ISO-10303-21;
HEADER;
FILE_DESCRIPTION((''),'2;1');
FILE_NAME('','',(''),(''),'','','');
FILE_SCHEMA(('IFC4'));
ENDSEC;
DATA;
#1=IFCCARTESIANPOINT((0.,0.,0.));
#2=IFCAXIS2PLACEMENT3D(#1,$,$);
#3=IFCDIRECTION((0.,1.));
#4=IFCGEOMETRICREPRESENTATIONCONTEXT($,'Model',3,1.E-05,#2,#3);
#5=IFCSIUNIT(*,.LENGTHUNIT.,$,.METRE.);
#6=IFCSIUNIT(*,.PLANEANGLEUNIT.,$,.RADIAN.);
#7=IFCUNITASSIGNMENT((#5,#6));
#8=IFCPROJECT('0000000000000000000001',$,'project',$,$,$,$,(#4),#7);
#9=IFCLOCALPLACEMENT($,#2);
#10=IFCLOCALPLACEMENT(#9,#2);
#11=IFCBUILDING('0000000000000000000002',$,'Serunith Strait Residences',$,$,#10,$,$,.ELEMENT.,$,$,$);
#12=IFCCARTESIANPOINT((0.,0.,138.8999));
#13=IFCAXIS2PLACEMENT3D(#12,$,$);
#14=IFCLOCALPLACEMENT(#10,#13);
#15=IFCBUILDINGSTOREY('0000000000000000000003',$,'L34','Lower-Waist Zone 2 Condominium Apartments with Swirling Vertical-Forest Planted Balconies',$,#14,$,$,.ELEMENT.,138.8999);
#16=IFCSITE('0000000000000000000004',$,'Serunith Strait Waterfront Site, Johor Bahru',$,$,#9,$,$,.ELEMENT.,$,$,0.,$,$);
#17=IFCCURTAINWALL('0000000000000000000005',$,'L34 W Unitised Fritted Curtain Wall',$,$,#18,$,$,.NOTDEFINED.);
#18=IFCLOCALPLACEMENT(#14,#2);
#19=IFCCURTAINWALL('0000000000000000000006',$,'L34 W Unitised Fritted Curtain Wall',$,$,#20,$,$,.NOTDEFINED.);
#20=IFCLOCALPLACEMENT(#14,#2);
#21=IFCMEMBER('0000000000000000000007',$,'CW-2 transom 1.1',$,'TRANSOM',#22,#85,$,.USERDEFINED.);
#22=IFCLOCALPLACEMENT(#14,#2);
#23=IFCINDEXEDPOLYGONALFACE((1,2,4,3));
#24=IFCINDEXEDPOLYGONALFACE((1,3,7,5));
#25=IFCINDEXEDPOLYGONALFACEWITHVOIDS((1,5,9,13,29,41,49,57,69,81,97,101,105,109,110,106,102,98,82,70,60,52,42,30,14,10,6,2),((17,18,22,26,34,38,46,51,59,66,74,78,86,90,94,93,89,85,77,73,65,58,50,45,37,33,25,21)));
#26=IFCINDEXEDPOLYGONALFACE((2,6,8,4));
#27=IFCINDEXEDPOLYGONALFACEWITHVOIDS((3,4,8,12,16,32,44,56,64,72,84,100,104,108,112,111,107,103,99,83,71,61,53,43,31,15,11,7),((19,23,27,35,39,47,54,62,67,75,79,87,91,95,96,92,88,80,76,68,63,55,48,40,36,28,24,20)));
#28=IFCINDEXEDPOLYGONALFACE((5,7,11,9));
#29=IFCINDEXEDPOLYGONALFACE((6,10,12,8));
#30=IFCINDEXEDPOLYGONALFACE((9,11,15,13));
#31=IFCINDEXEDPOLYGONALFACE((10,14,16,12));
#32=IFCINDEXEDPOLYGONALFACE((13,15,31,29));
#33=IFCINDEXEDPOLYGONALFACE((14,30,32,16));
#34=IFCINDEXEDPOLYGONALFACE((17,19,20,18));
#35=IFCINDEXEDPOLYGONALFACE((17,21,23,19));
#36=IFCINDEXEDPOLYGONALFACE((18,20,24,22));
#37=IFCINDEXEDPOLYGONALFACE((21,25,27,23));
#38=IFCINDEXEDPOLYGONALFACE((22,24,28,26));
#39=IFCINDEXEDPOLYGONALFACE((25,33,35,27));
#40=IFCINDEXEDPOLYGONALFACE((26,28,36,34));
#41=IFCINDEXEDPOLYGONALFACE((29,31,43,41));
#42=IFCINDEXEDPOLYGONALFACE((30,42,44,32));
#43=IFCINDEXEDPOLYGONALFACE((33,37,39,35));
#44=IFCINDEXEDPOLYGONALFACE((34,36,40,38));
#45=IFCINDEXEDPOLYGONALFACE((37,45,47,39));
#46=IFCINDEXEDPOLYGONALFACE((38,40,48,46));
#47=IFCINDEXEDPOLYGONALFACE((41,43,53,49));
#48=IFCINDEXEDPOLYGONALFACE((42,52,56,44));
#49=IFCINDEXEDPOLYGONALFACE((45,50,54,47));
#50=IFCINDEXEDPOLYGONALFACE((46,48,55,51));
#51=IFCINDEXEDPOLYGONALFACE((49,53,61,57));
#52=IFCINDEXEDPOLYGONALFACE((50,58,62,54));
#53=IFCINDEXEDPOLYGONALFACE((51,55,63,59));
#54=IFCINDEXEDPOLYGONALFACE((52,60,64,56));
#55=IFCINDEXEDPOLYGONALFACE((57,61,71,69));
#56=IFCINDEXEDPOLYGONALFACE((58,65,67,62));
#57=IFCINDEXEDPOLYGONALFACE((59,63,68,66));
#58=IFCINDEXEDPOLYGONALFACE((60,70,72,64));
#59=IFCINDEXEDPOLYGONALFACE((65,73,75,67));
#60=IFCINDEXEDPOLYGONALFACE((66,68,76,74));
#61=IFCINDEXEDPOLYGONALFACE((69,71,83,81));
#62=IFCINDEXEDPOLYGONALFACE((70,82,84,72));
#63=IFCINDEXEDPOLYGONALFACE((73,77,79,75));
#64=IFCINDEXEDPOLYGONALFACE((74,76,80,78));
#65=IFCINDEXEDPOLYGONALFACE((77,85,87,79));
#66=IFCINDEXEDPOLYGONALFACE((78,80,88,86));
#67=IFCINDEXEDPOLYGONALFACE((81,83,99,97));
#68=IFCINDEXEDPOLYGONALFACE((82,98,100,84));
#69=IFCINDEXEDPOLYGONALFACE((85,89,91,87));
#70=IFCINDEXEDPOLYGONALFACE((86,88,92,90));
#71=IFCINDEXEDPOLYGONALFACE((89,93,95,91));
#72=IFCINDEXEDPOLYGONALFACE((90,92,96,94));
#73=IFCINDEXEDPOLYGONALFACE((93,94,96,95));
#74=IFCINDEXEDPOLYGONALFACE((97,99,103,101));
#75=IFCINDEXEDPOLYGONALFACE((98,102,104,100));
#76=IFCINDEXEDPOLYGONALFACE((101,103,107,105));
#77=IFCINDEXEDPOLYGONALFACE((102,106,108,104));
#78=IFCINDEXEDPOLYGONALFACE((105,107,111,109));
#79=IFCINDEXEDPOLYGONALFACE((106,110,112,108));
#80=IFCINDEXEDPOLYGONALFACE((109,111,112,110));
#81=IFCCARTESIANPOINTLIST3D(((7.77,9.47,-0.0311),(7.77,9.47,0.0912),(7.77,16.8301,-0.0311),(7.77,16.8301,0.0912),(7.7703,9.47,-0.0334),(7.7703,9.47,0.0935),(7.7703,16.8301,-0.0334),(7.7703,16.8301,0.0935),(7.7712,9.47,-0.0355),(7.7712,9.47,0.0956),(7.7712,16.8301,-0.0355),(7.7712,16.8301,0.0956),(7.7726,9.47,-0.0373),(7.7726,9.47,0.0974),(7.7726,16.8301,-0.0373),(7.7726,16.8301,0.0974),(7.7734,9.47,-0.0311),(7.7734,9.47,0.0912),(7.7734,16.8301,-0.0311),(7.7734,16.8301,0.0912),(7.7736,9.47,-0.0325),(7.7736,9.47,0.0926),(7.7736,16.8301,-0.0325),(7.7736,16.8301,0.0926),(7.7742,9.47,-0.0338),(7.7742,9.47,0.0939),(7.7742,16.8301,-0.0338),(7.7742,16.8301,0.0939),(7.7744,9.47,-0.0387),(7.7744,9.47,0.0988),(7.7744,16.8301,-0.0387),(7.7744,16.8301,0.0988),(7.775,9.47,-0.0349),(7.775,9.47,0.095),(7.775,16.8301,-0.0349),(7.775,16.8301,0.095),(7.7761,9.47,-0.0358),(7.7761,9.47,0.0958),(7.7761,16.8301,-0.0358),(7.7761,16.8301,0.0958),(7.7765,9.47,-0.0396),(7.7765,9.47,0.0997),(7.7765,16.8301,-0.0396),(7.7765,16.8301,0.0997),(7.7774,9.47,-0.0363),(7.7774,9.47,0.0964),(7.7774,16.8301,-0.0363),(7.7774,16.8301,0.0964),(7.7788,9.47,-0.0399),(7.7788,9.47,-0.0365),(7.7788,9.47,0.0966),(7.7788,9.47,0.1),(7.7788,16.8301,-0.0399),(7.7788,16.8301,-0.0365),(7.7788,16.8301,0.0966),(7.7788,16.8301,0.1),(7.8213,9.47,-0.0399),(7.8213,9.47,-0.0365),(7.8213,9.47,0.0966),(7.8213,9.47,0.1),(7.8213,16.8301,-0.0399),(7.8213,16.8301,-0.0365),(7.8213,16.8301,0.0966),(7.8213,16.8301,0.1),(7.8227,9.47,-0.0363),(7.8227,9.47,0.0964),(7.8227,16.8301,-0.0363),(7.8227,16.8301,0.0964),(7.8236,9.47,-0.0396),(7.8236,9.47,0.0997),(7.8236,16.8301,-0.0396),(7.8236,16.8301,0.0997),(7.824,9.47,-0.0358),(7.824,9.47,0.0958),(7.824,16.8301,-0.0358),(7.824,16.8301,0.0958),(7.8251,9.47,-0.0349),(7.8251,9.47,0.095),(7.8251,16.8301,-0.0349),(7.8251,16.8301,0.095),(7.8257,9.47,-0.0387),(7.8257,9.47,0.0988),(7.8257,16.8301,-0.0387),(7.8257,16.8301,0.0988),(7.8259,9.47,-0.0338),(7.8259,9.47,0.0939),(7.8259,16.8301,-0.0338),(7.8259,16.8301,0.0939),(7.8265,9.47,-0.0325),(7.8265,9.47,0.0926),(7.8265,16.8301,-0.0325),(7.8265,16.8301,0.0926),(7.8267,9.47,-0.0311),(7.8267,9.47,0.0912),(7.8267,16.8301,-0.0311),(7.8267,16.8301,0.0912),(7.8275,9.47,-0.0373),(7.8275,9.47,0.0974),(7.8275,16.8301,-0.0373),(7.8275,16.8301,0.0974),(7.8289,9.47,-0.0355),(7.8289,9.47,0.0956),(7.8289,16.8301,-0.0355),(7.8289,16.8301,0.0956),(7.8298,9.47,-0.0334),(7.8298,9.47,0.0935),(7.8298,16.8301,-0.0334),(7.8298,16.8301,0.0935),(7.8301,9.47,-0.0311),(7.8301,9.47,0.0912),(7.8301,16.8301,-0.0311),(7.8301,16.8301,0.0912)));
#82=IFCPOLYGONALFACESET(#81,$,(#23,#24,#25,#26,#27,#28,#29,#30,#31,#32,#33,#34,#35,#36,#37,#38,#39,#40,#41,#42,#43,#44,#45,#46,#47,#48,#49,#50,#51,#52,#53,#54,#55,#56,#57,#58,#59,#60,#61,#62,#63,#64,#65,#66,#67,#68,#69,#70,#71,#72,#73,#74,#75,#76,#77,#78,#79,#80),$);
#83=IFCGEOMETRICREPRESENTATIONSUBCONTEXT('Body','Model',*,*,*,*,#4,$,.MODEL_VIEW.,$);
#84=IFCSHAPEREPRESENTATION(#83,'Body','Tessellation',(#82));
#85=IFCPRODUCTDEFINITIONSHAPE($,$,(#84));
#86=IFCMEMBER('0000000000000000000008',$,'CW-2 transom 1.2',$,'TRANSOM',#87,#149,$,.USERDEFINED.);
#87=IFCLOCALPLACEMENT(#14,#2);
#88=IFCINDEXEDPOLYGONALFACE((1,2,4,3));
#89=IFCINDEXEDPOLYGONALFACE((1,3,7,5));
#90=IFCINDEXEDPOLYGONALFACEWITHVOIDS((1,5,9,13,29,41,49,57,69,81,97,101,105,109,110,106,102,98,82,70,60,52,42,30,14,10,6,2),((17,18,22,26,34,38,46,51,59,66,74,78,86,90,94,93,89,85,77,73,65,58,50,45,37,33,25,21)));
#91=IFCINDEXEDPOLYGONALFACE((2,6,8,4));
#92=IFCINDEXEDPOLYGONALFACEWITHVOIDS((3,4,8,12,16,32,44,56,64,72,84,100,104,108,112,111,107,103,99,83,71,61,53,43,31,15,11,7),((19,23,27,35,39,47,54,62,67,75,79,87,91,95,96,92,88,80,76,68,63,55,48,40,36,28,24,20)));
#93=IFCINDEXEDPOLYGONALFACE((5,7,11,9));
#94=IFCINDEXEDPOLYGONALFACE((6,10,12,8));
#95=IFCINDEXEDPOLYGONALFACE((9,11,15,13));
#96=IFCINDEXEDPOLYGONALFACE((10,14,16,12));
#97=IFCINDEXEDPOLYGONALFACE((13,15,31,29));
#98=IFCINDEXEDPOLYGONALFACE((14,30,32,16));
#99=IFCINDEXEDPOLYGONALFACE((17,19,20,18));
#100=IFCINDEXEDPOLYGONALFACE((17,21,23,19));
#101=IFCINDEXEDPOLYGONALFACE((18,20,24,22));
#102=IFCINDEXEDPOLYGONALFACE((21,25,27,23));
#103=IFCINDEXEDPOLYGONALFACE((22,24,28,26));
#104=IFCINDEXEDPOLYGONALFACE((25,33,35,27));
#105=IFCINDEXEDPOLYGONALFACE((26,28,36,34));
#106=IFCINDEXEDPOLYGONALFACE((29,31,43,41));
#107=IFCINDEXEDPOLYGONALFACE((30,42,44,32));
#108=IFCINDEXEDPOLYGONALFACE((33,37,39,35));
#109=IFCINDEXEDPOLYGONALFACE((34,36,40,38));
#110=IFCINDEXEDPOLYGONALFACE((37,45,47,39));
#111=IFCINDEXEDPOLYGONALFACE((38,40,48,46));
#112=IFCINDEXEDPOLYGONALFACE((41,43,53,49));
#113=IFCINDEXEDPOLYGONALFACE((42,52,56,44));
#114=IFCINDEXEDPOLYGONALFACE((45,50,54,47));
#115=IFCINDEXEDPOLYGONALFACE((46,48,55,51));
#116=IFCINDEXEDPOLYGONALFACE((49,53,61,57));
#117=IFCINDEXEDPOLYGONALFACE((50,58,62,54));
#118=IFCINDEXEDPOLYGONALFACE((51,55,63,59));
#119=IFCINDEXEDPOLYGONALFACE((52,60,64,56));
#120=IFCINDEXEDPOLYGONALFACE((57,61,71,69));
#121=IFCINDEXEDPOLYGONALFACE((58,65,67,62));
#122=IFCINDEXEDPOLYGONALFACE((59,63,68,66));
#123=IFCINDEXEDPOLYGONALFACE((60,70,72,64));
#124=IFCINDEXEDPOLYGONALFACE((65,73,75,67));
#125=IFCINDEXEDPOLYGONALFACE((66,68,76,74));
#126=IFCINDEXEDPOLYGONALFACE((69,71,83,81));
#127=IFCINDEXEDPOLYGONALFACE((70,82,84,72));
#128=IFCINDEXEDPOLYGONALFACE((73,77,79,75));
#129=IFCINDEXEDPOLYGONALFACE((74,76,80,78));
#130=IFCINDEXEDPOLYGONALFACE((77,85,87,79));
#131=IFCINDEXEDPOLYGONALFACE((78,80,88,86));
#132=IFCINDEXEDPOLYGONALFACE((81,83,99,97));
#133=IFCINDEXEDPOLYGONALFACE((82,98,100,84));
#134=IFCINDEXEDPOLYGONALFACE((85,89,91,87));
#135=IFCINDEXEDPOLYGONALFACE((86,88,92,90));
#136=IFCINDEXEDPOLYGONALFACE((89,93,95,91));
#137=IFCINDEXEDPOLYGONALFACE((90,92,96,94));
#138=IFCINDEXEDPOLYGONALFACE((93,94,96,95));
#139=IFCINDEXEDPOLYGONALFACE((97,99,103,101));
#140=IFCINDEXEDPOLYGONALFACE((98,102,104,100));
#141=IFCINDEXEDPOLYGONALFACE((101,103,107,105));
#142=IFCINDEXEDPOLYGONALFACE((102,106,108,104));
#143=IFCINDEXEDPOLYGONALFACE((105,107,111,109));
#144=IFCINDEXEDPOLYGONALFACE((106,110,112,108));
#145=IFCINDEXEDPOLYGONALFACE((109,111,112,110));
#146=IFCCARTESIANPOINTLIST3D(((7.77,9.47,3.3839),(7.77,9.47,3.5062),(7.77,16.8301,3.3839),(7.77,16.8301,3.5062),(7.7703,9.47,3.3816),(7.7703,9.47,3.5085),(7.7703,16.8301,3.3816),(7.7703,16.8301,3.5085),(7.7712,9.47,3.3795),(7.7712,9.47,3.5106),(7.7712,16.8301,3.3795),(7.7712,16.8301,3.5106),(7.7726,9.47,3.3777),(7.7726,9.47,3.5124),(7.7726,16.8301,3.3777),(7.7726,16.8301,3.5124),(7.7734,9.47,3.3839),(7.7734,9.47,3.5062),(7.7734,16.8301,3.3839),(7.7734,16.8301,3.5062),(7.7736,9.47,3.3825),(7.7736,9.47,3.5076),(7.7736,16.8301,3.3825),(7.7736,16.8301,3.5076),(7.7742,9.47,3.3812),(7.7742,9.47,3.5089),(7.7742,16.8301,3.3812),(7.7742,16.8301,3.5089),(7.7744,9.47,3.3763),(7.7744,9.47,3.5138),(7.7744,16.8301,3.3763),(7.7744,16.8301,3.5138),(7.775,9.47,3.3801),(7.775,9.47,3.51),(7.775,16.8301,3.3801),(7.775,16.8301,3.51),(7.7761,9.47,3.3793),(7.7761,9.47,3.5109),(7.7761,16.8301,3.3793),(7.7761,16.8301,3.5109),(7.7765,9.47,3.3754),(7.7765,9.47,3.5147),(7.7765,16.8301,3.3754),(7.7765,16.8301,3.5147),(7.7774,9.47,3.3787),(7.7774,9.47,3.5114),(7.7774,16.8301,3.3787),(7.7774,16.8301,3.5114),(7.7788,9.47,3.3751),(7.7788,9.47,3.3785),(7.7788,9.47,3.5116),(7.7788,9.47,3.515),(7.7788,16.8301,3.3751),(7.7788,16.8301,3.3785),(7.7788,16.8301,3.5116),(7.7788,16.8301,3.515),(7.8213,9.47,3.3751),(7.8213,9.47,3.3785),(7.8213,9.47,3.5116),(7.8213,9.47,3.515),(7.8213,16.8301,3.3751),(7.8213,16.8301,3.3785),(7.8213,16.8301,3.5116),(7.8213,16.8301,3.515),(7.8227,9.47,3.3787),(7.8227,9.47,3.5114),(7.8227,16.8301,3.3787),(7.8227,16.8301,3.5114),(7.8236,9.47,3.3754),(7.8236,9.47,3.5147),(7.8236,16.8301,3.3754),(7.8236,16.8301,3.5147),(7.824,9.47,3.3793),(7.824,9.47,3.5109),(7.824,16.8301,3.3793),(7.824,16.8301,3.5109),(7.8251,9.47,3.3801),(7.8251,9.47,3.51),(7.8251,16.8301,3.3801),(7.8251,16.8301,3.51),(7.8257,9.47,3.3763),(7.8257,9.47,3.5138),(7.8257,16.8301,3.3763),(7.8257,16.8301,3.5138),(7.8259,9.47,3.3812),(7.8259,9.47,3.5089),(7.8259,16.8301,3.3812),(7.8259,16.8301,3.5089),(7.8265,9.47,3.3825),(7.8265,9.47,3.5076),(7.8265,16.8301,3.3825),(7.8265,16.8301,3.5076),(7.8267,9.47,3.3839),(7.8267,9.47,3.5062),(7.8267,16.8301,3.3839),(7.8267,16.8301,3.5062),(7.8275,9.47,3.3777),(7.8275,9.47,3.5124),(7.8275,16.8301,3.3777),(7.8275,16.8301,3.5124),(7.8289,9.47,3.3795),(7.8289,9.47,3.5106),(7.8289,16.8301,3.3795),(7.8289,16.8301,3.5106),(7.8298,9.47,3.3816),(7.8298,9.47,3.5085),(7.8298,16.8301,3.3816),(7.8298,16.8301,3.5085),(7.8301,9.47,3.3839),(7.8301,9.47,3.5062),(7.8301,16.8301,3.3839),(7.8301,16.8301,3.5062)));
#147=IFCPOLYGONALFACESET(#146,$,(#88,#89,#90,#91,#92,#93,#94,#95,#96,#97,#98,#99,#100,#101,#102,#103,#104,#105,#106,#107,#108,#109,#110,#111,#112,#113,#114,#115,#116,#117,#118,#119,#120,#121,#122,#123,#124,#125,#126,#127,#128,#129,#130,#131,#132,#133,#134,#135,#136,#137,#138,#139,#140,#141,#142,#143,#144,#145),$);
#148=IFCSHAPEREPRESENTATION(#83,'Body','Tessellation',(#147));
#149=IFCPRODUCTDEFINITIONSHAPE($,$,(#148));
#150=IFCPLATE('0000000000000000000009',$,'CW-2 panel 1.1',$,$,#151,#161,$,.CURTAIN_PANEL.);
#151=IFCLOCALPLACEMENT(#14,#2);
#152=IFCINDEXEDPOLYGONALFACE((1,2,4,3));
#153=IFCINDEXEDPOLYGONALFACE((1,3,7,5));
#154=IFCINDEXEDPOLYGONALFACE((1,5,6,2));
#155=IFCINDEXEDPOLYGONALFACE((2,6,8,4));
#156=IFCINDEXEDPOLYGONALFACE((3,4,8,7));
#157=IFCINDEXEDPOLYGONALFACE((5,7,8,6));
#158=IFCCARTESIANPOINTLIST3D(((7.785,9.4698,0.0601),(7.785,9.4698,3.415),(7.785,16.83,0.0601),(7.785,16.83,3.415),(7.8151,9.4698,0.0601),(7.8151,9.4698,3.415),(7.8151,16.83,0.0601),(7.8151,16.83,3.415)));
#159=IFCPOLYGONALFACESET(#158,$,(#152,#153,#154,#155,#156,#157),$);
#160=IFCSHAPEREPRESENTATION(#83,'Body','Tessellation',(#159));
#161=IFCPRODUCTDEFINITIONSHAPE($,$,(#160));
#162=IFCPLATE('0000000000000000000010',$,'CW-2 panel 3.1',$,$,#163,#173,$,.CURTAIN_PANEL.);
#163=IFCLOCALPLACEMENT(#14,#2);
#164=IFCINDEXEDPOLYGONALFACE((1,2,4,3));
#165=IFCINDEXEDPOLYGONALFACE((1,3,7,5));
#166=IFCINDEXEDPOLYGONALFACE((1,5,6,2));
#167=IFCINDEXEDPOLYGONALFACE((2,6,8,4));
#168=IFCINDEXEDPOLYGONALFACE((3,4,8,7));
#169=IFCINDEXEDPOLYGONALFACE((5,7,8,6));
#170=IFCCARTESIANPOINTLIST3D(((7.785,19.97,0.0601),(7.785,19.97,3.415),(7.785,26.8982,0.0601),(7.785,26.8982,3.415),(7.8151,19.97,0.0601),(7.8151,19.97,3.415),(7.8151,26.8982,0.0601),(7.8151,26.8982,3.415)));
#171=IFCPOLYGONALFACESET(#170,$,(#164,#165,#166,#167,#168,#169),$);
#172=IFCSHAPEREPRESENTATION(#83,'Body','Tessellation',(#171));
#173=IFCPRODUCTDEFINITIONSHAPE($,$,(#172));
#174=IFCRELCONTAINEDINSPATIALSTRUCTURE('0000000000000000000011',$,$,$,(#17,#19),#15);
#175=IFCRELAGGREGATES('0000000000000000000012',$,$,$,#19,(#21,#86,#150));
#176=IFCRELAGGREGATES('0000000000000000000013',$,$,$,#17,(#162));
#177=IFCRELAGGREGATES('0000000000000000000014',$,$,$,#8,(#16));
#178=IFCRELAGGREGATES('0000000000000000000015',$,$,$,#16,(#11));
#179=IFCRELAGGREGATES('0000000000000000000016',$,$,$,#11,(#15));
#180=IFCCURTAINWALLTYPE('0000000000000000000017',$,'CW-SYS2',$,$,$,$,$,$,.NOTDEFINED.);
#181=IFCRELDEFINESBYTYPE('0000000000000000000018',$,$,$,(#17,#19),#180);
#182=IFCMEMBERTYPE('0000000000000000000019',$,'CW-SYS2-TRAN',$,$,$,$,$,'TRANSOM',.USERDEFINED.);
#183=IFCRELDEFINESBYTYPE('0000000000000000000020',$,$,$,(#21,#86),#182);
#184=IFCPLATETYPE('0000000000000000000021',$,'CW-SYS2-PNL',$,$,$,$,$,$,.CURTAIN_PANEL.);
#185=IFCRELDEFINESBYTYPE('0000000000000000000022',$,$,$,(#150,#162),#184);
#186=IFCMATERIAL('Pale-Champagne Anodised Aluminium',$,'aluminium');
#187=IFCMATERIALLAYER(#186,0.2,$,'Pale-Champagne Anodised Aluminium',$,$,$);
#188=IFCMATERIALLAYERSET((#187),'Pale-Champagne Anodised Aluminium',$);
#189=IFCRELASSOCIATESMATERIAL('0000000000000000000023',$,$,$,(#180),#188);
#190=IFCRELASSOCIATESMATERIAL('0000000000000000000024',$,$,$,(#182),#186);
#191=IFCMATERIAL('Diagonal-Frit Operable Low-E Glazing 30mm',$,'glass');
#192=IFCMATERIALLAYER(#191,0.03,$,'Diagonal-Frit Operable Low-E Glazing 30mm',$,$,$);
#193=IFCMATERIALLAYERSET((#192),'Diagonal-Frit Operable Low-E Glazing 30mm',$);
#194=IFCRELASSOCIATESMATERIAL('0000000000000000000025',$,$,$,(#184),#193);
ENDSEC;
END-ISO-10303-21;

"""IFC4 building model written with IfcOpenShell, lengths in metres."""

from ifc_helpers import new_model, si_unit, direction, frame, origin, origin_2d, place, context, subcontext, project, spatial, rectangle, hollow_rectangle, extrude, source, transform, mapped, material, layer, layer_set, material_profile, profile_set, type_object, element, aggregate, save


model = new_model("IFC4")

# Units and contexts
model_context = context("Model", 3, precision=1e-05, world=origin(), true_north=direction((0.0, 1.0)))
body_context = subcontext(model_context, "Body", "Model", "MODEL_VIEW")
ifc_project = project(units=[si_unit("LENGTHUNIT", "METRE"), si_unit("PLANEANGLEUNIT", "RADIAN")], contexts=[model_context])

# Site, building, storey
site_placement = place(None, origin())
site = spatial("IfcSite", under=ifc_project, at=site_placement, Name="Serunith Strait Waterfront Site, Johor Bahru", CompositionType="ELEMENT", RefElevation=0.0)
building_placement = place(site_placement, origin())
building = spatial("IfcBuilding", under=site, at=building_placement, Name="Serunith Strait Residences", CompositionType="ELEMENT")
storey_placement = place(building_placement, frame((0.0, 0.0, 138.8999)))
storey = spatial("IfcBuildingStorey", under=building, at=storey_placement, Name="L34", Description="Lower-Waist Zone 2 Condominium Apartments with Swirling Vertical-Forest Planted Balconies", CompositionType="ELEMENT", Elevation=138.8999)

# Curtain wall
ifc_material_1 = material(Name="Pale-Champagne Anodised Aluminium", Category="aluminium")
ifc_layer_1 = layer(ifc_material_1, 0.2, Name="Pale-Champagne Anodised Aluminium")
ifc_layer_set_1 = layer_set([ifc_layer_1], Name="Pale-Champagne Anodised Aluminium")
curtain_wall_type = type_object("IfcCurtainWallType", Name="CW-SYS2", PredefinedType="NOTDEFINED", material=ifc_layer_set_1)
curtain_wall_1_placement = place(storey_placement, origin())
curtain_wall_1 = element("IfcCurtainWall", 1, at=curtain_wall_1_placement, inside=storey, type_object=curtain_wall_type, Name="L34 W Unitised Fritted Curtain Wall", PredefinedType="NOTDEFINED")

# Curtain wall, members, plate
curtain_wall_2_placement = place(storey_placement, origin())
curtain_wall_2 = element("IfcCurtainWall", 2, at=curtain_wall_2_placement, inside=storey, type_object=curtain_wall_type, Name="L34 W Unitised Fritted Curtain Wall", PredefinedType="NOTDEFINED")
ifc_material_profile_1 = material_profile(ifc_material_1, hollow_rectangle(XDim=0.0601, YDim=0.1399, WallThickness=0.0034, InnerFilletRadius=0.0054, OuterFilletRadius=0.0088, at=origin_2d()), Name="ALU 140x60x3.5")
ifc_profile_set_1 = profile_set([ifc_material_profile_1], Name="Pale-Champagne Anodised Aluminium")
member_type_1 = type_object("IfcMemberType", Name="CW-SYS2-TRAN", ElementType="TRANSOM", PredefinedType="USERDEFINED", material=ifc_profile_set_1)
shared_shape_1 = source(origin(), body_context, "Body", "SweptSolid", [
    extrude(hollow_rectangle(XDim=0.0601, YDim=0.1399, WallThickness=0.0034, InnerFilletRadius=0.0054, OuterFilletRadius=0.0088, at=origin_2d()), origin(), (0.0, 0.0, 1.0), 7.3601),
])
member_1_placement = place(storey_placement, frame((7.8, 16.8301, 0.03), z_axis=(0.0, -1.0, 0.0), x_axis=(1.0, 0.0, 0.0)))
member_1 = element("IfcMember", 3, at=member_1_placement, type_object=member_type_1, Name="CW-2 transom 1.1", ObjectType="TRANSOM", PredefinedType="USERDEFINED", context=body_context, shape_type="MappedRepresentation", body=[
    mapped(shared_shape_1, transform((0.0, 0.0, 0.0), scale=1.0)),
])
member_2_placement = place(storey_placement, frame((7.8, 16.8301, 3.4451), z_axis=(0.0, -1.0, 0.0), x_axis=(1.0, 0.0, 0.0)))
member_2 = element("IfcMember", 4, at=member_2_placement, type_object=member_type_1, Name="CW-2 transom 1.2", ObjectType="TRANSOM", PredefinedType="USERDEFINED", context=body_context, shape_type="MappedRepresentation", body=[
    mapped(shared_shape_1, transform((0.0, 0.0, 0.0), scale=1.0)),
])
ifc_material_2 = material(Name="Diagonal-Frit Operable Low-E Glazing 30mm", Category="glass")
ifc_layer_2 = layer(ifc_material_2, 0.03, Name="Diagonal-Frit Operable Low-E Glazing 30mm")
ifc_layer_set_2 = layer_set([ifc_layer_2], Name="Diagonal-Frit Operable Low-E Glazing 30mm")
plate_type = type_object("IfcPlateType", Name="CW-SYS2-PNL", PredefinedType="CURTAIN_PANEL", material=ifc_layer_set_2)
shared_shape_2 = source(origin(), body_context, "Body", "SweptSolid", [
    extrude(rectangle(XDim=7.3601, YDim=0.03, at=origin_2d()), origin(), (0.0, 0.0, 1.0), 3.355),
])
plate_1_placement = place(storey_placement, frame((7.8, 13.1499, 0.0601), z_axis=(0.0, 0.0, 1.0), x_axis=(0.0, -1.0, 0.0)))
plate_1 = element("IfcPlate", 5, at=plate_1_placement, type_object=plate_type, Name="CW-2 panel 1.1", PredefinedType="CURTAIN_PANEL", context=body_context, shape_type="MappedRepresentation", body=[
    mapped(shared_shape_2, transform((0.0, 0.0, 0.0), scale=1.0)),
])
aggregate(curtain_wall_2, [member_1, member_2, plate_1])

# Plate
shared_shape_3 = source(origin(), body_context, "Body", "SweptSolid", [
    extrude(rectangle(XDim=6.9282, YDim=0.03, at=origin_2d()), origin(), (0.0, 0.0, 1.0), 3.355),
])
plate_2_placement = place(storey_placement, frame((7.8, 23.4341, 0.0601), z_axis=(0.0, 0.0, 1.0), x_axis=(0.0, -1.0, 0.0)))
plate_2 = element("IfcPlate", 6, at=plate_2_placement, type_object=plate_type, Name="CW-2 panel 3.1", PredefinedType="CURTAIN_PANEL", context=body_context, shape_type="MappedRepresentation", body=[
    mapped(shared_shape_3, transform((0.0, 0.0, 0.0), scale=1.0)),
])
aggregate(curtain_wall_1, [plate_2])

save(model, "model.ifc")
